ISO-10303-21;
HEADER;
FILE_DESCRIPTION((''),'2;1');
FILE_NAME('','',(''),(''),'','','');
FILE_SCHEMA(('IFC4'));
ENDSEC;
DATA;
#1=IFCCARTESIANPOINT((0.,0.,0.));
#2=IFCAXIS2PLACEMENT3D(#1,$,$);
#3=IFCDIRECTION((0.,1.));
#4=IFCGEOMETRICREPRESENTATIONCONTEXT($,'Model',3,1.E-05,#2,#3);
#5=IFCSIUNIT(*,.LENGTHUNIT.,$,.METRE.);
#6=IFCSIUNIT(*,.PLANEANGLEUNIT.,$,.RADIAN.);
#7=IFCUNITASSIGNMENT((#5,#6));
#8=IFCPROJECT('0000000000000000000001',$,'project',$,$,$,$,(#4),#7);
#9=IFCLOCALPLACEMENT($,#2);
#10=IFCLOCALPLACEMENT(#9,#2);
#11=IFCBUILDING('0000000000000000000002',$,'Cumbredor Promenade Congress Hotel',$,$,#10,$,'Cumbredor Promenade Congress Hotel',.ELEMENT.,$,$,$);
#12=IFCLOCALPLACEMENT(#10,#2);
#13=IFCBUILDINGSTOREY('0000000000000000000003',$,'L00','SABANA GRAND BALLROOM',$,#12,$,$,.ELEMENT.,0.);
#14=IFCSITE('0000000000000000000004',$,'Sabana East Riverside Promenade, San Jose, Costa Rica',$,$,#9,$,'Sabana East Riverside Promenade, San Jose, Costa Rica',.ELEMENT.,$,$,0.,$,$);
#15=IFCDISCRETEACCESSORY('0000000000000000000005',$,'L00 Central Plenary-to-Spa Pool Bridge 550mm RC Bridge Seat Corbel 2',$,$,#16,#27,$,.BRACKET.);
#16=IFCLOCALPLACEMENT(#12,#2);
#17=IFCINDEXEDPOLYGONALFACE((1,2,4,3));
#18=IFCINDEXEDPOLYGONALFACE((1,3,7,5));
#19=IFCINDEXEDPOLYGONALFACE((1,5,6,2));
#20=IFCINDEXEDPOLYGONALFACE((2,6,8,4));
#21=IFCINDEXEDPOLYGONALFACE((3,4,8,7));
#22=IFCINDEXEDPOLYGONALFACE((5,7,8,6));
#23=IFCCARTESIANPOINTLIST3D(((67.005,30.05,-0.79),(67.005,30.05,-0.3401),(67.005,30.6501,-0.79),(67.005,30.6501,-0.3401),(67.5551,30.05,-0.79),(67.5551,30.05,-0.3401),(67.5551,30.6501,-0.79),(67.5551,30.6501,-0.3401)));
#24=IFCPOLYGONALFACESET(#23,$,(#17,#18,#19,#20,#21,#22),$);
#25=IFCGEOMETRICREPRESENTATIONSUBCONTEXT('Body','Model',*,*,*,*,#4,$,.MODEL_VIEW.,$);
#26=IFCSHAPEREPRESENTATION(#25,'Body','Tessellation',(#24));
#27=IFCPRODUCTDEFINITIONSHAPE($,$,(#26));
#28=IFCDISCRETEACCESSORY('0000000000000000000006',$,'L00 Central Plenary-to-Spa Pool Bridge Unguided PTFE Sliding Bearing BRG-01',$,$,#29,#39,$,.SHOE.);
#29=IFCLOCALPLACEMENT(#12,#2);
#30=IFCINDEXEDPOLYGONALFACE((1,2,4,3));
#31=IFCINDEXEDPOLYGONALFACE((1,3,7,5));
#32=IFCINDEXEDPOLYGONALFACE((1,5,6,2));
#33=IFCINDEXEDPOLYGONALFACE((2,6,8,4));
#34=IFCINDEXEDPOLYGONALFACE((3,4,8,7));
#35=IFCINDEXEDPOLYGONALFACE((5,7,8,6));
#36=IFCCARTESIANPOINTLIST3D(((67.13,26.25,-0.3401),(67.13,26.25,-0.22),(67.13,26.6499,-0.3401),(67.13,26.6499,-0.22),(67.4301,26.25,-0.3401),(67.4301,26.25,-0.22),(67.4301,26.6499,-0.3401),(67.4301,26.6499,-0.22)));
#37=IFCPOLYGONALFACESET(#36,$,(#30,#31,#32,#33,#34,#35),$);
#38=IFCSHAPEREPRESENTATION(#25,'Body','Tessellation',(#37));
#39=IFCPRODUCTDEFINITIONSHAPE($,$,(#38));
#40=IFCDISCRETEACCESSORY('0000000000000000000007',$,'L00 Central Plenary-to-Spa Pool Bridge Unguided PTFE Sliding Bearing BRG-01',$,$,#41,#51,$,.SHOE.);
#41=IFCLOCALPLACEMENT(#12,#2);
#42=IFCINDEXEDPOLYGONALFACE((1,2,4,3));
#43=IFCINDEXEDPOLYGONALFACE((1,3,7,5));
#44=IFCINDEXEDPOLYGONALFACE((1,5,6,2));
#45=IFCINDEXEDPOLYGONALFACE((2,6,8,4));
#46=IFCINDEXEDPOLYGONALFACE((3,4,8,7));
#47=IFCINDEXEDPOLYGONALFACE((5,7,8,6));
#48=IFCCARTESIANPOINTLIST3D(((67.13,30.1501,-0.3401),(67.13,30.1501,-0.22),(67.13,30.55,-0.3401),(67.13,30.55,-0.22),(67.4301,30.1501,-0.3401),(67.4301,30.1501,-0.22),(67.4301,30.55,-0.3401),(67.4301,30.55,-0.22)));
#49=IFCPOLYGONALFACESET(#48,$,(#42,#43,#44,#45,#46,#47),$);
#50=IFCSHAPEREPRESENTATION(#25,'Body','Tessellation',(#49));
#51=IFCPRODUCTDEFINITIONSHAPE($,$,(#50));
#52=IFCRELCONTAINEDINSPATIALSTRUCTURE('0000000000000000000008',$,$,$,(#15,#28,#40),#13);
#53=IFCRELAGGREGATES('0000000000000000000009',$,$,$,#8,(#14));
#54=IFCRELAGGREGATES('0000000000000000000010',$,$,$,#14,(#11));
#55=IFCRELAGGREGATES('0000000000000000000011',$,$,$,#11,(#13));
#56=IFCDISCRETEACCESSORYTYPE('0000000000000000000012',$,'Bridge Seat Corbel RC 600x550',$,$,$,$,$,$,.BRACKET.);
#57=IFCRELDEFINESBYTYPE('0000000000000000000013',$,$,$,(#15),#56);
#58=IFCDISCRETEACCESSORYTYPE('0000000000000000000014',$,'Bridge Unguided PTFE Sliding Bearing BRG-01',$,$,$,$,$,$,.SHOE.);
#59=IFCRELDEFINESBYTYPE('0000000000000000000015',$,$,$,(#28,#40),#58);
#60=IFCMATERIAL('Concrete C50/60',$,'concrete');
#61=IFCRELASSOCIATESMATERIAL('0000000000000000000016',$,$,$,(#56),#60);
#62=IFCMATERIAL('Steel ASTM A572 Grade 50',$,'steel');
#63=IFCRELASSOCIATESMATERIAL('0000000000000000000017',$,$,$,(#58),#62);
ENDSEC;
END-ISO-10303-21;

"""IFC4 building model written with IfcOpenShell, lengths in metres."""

from ifc_helpers import new_model, si_unit, direction, frame, origin, origin_2d, place, context, subcontext, project, spatial, rectangle, extrude, material, type_object, element, save


model = new_model("IFC4")

# Units and contexts
model_context = context("Model", 3, precision=1e-05, world=origin(), true_north=direction((0.0, 1.0)))
body_context = subcontext(model_context, "Body", "Model", "MODEL_VIEW")
ifc_project = project(units=[si_unit("LENGTHUNIT", "METRE"), si_unit("PLANEANGLEUNIT", "RADIAN")], contexts=[model_context])

# Site, building, storey
site_placement = place(None, origin())
site = spatial("IfcSite", under=ifc_project, at=site_placement, Name="Sabana East Riverside Promenade, San Jose, Costa Rica", LongName="Sabana East Riverside Promenade, San Jose, Costa Rica", CompositionType="ELEMENT", RefElevation=0.0)
building_placement = place(site_placement, origin())
building = spatial("IfcBuilding", under=site, at=building_placement, Name="Cumbredor Promenade Congress Hotel", LongName="Cumbredor Promenade Congress Hotel", CompositionType="ELEMENT")
storey_placement = place(building_placement, origin())
storey = spatial("IfcBuildingStorey", under=building, at=storey_placement, Name="L00", Description="SABANA GRAND BALLROOM", CompositionType="ELEMENT", Elevation=0.0)

# Shared definitions
ifc_material_1 = material(Name="Steel ASTM A572 Grade 50", Category="steel")

# Discrete accessories
ifc_material_2 = material(Name="Concrete C50/60", Category="concrete")
discrete_accessory_type_1 = type_object("IfcDiscreteAccessoryType", Name="Bridge Seat Corbel RC 600x550", PredefinedType="BRACKET", material=ifc_material_2)
for number, where, z_axis, x_axis, name in (
    (1, (67.28, 30.3501, -0.79), (0.0, 0.0, 1.0), (1.0, 0.0, 0.0), "L00 Central Plenary-to-Spa Pool Bridge 550mm RC Bridge Seat Corbel 2"),
):
    element("IfcDiscreteAccessory", number, at=place(storey_placement, frame(where, z_axis=z_axis, x_axis=x_axis)), inside=storey, type_object=discrete_accessory_type_1, Name=name, PredefinedType="BRACKET", context=body_context, shape_type="SweptSolid", body=[
        extrude(rectangle(XDim=0.55, YDim=0.6001, at=origin_2d()), origin(), (0.0, 0.0, 1.0), 0.45),
    ])
discrete_accessory_type_2 = type_object("IfcDiscreteAccessoryType", Name="Bridge Unguided PTFE Sliding Bearing BRG-01", PredefinedType="SHOE", material=ifc_material_1)
for number, where, z_axis, x_axis, name in (
    (2, (67.28, 26.45, -0.3401), (0.0, 0.0, 1.0), (1.0, 0.0, 0.0), "L00 Central Plenary-to-Spa Pool Bridge Unguided PTFE Sliding Bearing BRG-01"),
    (3, (67.28, 30.3501, -0.3401), (0.0, 0.0, 1.0), (1.0, 0.0, 0.0), "L00 Central Plenary-to-Spa Pool Bridge Unguided PTFE Sliding Bearing BRG-01"),
):
    element("IfcDiscreteAccessory", number, at=place(storey_placement, frame(where, z_axis=z_axis, x_axis=x_axis)), inside=storey, type_object=discrete_accessory_type_2, Name=name, PredefinedType="SHOE", context=body_context, shape_type="SweptSolid", body=[
        extrude(rectangle(XDim=0.3, YDim=0.3999, at=origin_2d()), origin(), (0.0, 0.0, 1.0), 0.1201),
    ])

save(model, "model.ifc")
